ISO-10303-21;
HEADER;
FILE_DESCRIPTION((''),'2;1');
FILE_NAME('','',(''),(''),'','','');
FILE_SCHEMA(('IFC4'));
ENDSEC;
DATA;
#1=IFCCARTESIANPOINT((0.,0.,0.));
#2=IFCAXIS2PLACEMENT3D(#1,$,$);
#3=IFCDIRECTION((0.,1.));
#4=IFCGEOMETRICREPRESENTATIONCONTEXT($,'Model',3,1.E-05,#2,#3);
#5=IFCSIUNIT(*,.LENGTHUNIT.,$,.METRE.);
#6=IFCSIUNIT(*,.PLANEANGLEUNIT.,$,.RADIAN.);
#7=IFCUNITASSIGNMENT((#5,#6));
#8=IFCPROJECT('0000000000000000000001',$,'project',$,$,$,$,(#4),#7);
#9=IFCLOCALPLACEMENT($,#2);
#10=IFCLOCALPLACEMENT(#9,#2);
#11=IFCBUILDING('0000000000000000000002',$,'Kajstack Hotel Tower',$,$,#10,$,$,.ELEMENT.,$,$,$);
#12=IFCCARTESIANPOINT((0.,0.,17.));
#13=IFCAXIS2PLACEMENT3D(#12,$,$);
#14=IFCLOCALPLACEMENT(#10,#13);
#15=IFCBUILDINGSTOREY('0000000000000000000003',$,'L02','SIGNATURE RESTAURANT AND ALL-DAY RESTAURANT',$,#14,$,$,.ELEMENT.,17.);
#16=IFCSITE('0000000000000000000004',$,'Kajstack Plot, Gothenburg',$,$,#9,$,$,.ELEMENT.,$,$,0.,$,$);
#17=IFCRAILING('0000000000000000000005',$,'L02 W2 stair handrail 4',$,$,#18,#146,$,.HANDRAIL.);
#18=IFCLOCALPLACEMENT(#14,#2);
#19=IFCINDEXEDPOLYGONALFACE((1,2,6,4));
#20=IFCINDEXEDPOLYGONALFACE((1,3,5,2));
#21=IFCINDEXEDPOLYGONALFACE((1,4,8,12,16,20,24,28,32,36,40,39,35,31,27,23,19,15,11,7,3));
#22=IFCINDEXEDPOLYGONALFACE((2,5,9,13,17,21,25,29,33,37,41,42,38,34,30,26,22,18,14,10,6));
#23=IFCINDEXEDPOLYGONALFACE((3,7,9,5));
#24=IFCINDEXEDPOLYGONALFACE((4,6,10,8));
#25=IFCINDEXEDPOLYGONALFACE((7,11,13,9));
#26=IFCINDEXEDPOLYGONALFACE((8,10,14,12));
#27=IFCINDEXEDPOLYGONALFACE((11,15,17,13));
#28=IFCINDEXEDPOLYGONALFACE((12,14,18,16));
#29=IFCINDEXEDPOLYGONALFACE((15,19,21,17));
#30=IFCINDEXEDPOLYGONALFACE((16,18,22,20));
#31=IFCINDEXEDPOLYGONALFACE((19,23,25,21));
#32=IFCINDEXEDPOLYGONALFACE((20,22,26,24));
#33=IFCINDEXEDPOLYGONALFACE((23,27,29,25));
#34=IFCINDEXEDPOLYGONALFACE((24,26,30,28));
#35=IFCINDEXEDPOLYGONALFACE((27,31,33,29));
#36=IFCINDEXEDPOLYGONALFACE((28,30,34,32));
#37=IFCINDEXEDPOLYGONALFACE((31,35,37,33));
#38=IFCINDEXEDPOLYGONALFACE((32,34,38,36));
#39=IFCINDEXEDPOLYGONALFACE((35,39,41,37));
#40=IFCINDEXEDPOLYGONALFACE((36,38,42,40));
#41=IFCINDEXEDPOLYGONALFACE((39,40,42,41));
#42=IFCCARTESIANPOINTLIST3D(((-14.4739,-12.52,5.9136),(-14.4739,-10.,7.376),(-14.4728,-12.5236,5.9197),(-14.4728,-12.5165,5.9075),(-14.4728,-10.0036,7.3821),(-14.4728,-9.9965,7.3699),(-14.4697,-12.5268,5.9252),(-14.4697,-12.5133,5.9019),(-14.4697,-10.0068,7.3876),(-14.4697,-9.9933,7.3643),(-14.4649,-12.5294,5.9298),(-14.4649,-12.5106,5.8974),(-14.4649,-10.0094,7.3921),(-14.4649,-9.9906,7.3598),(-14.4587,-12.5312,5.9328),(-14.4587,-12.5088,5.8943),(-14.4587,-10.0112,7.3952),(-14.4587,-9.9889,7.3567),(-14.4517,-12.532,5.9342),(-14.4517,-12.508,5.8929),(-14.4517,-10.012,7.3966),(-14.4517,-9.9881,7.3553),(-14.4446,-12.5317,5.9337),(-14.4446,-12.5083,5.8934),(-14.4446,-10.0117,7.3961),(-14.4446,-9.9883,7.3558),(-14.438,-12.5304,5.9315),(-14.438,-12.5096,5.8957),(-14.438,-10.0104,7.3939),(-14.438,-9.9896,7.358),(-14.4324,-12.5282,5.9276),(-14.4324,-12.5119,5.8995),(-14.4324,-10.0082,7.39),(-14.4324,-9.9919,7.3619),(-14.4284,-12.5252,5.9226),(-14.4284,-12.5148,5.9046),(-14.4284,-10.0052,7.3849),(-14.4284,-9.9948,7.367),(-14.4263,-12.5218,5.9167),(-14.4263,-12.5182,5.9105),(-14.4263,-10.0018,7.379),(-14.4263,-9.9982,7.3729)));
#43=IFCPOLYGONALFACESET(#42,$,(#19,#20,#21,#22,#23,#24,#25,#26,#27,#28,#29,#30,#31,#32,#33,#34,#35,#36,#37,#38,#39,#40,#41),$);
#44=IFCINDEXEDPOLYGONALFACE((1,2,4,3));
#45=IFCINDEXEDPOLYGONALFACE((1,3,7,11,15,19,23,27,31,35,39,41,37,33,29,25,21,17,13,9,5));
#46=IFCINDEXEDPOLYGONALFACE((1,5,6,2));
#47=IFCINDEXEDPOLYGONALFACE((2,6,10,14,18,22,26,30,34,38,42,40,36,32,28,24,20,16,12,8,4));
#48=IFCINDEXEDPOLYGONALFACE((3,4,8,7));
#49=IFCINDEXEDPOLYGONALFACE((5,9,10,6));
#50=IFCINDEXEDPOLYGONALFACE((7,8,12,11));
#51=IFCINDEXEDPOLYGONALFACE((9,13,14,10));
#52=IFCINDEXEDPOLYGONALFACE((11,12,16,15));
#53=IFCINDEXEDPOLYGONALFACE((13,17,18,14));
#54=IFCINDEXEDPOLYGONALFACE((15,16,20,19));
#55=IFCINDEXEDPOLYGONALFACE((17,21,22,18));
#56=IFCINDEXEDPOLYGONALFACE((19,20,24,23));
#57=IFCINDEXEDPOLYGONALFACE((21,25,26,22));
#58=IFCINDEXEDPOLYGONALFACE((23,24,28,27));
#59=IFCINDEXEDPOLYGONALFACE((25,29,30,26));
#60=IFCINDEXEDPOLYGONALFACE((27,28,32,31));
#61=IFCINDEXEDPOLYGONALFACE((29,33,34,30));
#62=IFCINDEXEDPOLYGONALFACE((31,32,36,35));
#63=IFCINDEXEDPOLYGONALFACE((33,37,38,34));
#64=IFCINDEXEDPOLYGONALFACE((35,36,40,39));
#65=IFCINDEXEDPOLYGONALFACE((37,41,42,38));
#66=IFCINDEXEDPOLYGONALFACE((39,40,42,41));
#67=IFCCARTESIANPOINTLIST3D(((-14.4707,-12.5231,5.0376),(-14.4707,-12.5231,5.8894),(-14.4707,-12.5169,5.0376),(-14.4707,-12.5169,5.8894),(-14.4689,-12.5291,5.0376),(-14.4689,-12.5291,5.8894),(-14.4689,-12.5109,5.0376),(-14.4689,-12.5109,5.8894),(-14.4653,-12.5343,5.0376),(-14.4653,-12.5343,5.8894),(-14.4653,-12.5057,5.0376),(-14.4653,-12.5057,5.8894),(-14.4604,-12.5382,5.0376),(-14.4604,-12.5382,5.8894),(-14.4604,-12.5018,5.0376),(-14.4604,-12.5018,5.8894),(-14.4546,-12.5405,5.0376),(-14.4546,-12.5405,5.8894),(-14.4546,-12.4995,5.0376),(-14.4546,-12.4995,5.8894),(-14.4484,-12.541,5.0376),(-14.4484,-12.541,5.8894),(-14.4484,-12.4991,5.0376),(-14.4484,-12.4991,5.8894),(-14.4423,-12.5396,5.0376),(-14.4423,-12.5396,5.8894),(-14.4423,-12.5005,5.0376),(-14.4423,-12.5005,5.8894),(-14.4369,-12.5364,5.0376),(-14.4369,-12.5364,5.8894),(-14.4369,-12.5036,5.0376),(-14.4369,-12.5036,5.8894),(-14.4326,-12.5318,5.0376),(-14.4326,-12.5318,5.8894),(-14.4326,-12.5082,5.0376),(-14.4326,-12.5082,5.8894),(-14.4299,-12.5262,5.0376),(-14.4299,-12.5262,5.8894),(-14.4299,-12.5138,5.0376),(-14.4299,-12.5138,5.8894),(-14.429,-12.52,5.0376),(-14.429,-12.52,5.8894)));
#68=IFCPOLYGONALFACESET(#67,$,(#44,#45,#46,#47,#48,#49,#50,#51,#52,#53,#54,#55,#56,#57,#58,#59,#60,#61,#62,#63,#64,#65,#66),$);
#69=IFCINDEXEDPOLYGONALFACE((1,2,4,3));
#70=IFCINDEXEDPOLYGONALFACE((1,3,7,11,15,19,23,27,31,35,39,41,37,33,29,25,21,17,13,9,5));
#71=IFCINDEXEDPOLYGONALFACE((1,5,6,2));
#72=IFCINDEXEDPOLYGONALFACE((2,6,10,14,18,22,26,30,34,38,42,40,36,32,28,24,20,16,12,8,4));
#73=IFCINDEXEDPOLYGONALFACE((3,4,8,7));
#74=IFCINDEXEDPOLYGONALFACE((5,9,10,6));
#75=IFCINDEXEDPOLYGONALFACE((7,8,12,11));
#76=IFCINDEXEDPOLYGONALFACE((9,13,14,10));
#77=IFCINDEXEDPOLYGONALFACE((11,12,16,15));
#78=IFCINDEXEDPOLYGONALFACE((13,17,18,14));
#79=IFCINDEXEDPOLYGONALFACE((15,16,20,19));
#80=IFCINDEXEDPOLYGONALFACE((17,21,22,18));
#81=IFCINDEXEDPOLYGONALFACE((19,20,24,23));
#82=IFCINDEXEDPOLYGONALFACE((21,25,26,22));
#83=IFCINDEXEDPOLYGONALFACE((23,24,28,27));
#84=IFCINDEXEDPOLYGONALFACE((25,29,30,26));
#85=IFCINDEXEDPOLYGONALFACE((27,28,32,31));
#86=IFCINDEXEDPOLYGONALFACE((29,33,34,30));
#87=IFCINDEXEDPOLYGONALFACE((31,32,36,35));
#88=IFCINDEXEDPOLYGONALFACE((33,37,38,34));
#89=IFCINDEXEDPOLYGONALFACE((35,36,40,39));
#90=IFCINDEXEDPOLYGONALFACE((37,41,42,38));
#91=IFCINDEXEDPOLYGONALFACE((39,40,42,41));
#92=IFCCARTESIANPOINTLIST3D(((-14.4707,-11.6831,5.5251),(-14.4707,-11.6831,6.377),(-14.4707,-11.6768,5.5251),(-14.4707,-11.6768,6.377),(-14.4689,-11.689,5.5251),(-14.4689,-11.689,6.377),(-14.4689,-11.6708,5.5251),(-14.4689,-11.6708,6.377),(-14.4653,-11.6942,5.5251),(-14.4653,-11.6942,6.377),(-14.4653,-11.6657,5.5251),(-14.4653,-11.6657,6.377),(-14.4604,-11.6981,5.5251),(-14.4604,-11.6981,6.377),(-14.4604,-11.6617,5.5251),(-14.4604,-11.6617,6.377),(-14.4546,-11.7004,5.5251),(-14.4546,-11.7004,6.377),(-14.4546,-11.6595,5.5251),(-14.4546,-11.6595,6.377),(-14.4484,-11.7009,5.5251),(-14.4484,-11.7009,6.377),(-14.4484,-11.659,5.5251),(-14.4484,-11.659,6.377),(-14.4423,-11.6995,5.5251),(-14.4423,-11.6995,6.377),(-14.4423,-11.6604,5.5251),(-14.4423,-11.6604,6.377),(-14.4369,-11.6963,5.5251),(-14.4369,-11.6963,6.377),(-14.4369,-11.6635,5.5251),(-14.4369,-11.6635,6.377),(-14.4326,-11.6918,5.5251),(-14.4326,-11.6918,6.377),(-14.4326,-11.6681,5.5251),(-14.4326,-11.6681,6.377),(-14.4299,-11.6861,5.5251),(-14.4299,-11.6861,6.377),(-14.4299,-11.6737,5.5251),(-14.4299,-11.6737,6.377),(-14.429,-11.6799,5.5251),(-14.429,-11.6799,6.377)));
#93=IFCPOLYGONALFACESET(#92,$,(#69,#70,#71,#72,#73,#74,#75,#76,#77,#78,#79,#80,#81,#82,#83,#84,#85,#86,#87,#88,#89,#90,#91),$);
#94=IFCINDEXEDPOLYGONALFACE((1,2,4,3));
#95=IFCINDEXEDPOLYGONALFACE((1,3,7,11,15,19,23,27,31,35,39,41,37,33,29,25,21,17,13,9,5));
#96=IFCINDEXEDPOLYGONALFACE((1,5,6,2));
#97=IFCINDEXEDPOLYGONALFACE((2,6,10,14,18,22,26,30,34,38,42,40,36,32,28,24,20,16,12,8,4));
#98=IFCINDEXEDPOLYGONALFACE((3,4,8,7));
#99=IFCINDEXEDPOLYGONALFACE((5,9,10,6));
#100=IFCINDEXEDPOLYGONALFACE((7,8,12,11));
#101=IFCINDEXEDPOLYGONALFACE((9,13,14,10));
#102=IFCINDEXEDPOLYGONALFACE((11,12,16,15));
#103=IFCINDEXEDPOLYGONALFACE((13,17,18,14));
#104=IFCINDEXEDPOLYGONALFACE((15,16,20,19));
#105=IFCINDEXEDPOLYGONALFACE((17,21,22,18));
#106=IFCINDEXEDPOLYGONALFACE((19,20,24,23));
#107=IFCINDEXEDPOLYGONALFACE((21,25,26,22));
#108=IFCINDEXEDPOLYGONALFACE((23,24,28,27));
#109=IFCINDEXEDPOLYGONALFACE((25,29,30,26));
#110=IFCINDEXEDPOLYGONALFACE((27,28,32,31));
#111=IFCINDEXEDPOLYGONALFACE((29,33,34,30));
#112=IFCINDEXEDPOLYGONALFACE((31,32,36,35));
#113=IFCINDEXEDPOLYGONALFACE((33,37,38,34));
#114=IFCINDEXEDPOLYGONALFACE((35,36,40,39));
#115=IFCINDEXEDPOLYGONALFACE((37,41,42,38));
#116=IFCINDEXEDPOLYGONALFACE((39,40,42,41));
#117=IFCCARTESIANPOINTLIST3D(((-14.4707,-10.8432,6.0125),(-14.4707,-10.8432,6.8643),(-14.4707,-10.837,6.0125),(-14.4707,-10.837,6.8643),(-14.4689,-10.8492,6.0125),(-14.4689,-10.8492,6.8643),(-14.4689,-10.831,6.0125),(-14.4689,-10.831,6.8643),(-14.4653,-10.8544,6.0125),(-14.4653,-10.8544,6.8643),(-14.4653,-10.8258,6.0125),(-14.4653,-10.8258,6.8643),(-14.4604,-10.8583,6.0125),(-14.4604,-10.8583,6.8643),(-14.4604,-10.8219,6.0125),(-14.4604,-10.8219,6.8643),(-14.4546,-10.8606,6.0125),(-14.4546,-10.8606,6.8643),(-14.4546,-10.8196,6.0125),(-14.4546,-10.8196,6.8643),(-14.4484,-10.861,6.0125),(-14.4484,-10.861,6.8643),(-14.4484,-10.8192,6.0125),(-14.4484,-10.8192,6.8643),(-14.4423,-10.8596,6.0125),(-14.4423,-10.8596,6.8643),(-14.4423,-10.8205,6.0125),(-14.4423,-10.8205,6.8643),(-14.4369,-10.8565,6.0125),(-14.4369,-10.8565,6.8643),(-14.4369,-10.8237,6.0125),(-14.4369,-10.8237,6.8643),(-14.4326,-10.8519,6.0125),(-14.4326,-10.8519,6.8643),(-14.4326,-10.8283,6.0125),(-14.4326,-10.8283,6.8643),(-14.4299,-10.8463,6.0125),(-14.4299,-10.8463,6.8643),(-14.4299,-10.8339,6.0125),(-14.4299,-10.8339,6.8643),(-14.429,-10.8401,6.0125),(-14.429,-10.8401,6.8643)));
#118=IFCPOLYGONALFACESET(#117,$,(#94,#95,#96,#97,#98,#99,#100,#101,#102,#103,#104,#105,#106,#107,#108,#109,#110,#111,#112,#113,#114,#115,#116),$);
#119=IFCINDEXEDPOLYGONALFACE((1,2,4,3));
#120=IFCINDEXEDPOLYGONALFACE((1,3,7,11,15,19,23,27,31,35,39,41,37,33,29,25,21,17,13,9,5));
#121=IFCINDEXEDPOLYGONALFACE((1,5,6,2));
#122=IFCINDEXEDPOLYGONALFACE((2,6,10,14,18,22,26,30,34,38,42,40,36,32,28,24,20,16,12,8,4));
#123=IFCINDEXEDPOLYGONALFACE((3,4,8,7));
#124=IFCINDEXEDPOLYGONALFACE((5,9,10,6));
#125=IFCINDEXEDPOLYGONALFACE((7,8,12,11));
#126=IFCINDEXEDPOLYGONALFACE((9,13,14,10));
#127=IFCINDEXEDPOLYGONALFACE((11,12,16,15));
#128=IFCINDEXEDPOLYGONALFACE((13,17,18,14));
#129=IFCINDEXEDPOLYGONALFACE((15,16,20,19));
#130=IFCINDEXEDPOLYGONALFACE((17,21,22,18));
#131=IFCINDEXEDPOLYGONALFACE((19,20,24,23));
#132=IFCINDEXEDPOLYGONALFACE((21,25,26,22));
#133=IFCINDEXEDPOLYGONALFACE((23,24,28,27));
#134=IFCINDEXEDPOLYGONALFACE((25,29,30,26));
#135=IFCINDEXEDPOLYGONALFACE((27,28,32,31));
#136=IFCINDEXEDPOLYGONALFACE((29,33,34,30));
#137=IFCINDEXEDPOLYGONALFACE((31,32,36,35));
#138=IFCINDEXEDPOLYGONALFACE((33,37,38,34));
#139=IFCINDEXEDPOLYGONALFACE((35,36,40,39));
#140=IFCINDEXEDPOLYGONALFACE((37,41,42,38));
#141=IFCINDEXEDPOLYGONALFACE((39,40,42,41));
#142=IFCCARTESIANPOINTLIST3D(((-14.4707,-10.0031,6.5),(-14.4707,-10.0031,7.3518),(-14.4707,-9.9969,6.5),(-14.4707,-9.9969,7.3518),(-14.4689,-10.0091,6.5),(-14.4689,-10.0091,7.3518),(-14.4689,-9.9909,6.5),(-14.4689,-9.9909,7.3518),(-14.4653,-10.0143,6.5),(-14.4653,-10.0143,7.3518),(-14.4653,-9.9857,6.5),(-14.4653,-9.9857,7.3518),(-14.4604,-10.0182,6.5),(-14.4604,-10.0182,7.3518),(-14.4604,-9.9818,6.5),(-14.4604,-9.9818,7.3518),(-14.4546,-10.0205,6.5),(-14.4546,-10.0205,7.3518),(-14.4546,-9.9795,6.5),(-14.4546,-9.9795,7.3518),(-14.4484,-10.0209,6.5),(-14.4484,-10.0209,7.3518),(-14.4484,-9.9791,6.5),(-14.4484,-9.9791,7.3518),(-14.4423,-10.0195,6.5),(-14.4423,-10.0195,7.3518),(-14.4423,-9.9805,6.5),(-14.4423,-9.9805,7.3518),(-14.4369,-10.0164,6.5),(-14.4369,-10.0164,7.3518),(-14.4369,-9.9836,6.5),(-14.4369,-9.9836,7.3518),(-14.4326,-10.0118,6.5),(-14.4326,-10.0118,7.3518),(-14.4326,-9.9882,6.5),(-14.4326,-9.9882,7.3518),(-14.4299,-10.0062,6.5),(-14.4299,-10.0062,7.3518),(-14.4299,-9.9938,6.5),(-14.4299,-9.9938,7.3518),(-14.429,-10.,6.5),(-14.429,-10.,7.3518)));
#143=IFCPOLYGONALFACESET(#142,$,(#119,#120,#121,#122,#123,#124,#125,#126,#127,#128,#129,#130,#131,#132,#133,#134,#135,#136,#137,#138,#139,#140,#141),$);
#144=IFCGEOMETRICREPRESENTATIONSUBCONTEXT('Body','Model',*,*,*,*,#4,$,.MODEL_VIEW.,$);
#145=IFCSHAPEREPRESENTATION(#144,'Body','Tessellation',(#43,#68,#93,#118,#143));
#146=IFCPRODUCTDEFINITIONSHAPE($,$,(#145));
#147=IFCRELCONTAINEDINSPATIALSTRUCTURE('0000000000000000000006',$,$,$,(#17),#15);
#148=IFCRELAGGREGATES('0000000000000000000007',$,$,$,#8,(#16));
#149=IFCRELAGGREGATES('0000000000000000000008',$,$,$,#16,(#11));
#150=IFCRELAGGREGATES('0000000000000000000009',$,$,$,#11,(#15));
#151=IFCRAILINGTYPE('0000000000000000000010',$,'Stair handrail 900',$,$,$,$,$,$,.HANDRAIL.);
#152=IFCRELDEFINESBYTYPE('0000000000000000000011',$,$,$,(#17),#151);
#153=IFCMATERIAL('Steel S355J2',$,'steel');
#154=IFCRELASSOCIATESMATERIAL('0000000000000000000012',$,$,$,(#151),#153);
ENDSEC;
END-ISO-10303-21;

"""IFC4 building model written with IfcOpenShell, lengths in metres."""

from ifc_helpers import new_model, si_unit, direction, frame, origin, origin_2d, place, context, subcontext, project, spatial, circle, extrude, material, type_object, element, save


model = new_model("IFC4")

# Units and contexts
model_context = context("Model", 3, precision=1e-05, world=origin(), true_north=direction((0.0, 1.0)))
body_context = subcontext(model_context, "Body", "Model", "MODEL_VIEW")
ifc_project = project(units=[si_unit("LENGTHUNIT", "METRE"), si_unit("PLANEANGLEUNIT", "RADIAN")], contexts=[model_context])

# Site, building, storey
site_placement = place(None, origin())
site = spatial("IfcSite", under=ifc_project, at=site_placement, Name="Kajstack Plot, Gothenburg", CompositionType="ELEMENT", RefElevation=0.0)
building_placement = place(site_placement, origin())
building = spatial("IfcBuilding", under=site, at=building_placement, Name="Kajstack Hotel Tower", CompositionType="ELEMENT")
storey_placement = place(building_placement, frame((0.0, 0.0, 17.0)))
storey = spatial("IfcBuildingStorey", under=building, at=storey_placement, Name="L02", Description="SIGNATURE RESTAURANT AND ALL-DAY RESTAURANT", CompositionType="ELEMENT", Elevation=17.0)

# Railing
ifc_material_1 = material(Name="Steel S355J2", Category="steel")
railing_type_1 = type_object("IfcRailingType", Name="Stair handrail 900", PredefinedType="HANDRAIL", material=ifc_material_1)
for number, where, name in (
    (1, (-14.45, -12.52, 5.0376), "L02 W2 stair handrail 4"),
):
    element("IfcRailing", number, at=place(storey_placement, frame(where)), inside=storey, type_object=railing_type_1, Name=name, PredefinedType="HANDRAIL", context=body_context, shape_type="SweptSolid", body=[
        extrude(circle(Radius=0.0239, at=origin_2d()), frame((0.0, 0.0, 0.876), z_axis=(0.0, 0.864913, 0.501921), x_axis=(-1.0, 0.0, 0.0)), (0.0, 0.0, 1.0), 2.9136),
        extrude(circle(Radius=0.021, at=origin_2d()), origin(), (0.0, 0.0, 1.0), 0.8518),
        extrude(circle(Radius=0.021, at=origin_2d()), frame((0.0, 0.8401, 0.4875)), (0.0, 0.0, 1.0), 0.8518),
        extrude(circle(Radius=0.021, at=origin_2d()), frame((0.0, 1.6799, 0.9749)), (0.0, 0.0, 1.0), 0.8518),
        extrude(circle(Radius=0.021, at=origin_2d()), frame((0.0, 2.52, 1.4624)), (0.0, 0.0, 1.0), 0.8518),
    ])

save(model, "model.ifc")
